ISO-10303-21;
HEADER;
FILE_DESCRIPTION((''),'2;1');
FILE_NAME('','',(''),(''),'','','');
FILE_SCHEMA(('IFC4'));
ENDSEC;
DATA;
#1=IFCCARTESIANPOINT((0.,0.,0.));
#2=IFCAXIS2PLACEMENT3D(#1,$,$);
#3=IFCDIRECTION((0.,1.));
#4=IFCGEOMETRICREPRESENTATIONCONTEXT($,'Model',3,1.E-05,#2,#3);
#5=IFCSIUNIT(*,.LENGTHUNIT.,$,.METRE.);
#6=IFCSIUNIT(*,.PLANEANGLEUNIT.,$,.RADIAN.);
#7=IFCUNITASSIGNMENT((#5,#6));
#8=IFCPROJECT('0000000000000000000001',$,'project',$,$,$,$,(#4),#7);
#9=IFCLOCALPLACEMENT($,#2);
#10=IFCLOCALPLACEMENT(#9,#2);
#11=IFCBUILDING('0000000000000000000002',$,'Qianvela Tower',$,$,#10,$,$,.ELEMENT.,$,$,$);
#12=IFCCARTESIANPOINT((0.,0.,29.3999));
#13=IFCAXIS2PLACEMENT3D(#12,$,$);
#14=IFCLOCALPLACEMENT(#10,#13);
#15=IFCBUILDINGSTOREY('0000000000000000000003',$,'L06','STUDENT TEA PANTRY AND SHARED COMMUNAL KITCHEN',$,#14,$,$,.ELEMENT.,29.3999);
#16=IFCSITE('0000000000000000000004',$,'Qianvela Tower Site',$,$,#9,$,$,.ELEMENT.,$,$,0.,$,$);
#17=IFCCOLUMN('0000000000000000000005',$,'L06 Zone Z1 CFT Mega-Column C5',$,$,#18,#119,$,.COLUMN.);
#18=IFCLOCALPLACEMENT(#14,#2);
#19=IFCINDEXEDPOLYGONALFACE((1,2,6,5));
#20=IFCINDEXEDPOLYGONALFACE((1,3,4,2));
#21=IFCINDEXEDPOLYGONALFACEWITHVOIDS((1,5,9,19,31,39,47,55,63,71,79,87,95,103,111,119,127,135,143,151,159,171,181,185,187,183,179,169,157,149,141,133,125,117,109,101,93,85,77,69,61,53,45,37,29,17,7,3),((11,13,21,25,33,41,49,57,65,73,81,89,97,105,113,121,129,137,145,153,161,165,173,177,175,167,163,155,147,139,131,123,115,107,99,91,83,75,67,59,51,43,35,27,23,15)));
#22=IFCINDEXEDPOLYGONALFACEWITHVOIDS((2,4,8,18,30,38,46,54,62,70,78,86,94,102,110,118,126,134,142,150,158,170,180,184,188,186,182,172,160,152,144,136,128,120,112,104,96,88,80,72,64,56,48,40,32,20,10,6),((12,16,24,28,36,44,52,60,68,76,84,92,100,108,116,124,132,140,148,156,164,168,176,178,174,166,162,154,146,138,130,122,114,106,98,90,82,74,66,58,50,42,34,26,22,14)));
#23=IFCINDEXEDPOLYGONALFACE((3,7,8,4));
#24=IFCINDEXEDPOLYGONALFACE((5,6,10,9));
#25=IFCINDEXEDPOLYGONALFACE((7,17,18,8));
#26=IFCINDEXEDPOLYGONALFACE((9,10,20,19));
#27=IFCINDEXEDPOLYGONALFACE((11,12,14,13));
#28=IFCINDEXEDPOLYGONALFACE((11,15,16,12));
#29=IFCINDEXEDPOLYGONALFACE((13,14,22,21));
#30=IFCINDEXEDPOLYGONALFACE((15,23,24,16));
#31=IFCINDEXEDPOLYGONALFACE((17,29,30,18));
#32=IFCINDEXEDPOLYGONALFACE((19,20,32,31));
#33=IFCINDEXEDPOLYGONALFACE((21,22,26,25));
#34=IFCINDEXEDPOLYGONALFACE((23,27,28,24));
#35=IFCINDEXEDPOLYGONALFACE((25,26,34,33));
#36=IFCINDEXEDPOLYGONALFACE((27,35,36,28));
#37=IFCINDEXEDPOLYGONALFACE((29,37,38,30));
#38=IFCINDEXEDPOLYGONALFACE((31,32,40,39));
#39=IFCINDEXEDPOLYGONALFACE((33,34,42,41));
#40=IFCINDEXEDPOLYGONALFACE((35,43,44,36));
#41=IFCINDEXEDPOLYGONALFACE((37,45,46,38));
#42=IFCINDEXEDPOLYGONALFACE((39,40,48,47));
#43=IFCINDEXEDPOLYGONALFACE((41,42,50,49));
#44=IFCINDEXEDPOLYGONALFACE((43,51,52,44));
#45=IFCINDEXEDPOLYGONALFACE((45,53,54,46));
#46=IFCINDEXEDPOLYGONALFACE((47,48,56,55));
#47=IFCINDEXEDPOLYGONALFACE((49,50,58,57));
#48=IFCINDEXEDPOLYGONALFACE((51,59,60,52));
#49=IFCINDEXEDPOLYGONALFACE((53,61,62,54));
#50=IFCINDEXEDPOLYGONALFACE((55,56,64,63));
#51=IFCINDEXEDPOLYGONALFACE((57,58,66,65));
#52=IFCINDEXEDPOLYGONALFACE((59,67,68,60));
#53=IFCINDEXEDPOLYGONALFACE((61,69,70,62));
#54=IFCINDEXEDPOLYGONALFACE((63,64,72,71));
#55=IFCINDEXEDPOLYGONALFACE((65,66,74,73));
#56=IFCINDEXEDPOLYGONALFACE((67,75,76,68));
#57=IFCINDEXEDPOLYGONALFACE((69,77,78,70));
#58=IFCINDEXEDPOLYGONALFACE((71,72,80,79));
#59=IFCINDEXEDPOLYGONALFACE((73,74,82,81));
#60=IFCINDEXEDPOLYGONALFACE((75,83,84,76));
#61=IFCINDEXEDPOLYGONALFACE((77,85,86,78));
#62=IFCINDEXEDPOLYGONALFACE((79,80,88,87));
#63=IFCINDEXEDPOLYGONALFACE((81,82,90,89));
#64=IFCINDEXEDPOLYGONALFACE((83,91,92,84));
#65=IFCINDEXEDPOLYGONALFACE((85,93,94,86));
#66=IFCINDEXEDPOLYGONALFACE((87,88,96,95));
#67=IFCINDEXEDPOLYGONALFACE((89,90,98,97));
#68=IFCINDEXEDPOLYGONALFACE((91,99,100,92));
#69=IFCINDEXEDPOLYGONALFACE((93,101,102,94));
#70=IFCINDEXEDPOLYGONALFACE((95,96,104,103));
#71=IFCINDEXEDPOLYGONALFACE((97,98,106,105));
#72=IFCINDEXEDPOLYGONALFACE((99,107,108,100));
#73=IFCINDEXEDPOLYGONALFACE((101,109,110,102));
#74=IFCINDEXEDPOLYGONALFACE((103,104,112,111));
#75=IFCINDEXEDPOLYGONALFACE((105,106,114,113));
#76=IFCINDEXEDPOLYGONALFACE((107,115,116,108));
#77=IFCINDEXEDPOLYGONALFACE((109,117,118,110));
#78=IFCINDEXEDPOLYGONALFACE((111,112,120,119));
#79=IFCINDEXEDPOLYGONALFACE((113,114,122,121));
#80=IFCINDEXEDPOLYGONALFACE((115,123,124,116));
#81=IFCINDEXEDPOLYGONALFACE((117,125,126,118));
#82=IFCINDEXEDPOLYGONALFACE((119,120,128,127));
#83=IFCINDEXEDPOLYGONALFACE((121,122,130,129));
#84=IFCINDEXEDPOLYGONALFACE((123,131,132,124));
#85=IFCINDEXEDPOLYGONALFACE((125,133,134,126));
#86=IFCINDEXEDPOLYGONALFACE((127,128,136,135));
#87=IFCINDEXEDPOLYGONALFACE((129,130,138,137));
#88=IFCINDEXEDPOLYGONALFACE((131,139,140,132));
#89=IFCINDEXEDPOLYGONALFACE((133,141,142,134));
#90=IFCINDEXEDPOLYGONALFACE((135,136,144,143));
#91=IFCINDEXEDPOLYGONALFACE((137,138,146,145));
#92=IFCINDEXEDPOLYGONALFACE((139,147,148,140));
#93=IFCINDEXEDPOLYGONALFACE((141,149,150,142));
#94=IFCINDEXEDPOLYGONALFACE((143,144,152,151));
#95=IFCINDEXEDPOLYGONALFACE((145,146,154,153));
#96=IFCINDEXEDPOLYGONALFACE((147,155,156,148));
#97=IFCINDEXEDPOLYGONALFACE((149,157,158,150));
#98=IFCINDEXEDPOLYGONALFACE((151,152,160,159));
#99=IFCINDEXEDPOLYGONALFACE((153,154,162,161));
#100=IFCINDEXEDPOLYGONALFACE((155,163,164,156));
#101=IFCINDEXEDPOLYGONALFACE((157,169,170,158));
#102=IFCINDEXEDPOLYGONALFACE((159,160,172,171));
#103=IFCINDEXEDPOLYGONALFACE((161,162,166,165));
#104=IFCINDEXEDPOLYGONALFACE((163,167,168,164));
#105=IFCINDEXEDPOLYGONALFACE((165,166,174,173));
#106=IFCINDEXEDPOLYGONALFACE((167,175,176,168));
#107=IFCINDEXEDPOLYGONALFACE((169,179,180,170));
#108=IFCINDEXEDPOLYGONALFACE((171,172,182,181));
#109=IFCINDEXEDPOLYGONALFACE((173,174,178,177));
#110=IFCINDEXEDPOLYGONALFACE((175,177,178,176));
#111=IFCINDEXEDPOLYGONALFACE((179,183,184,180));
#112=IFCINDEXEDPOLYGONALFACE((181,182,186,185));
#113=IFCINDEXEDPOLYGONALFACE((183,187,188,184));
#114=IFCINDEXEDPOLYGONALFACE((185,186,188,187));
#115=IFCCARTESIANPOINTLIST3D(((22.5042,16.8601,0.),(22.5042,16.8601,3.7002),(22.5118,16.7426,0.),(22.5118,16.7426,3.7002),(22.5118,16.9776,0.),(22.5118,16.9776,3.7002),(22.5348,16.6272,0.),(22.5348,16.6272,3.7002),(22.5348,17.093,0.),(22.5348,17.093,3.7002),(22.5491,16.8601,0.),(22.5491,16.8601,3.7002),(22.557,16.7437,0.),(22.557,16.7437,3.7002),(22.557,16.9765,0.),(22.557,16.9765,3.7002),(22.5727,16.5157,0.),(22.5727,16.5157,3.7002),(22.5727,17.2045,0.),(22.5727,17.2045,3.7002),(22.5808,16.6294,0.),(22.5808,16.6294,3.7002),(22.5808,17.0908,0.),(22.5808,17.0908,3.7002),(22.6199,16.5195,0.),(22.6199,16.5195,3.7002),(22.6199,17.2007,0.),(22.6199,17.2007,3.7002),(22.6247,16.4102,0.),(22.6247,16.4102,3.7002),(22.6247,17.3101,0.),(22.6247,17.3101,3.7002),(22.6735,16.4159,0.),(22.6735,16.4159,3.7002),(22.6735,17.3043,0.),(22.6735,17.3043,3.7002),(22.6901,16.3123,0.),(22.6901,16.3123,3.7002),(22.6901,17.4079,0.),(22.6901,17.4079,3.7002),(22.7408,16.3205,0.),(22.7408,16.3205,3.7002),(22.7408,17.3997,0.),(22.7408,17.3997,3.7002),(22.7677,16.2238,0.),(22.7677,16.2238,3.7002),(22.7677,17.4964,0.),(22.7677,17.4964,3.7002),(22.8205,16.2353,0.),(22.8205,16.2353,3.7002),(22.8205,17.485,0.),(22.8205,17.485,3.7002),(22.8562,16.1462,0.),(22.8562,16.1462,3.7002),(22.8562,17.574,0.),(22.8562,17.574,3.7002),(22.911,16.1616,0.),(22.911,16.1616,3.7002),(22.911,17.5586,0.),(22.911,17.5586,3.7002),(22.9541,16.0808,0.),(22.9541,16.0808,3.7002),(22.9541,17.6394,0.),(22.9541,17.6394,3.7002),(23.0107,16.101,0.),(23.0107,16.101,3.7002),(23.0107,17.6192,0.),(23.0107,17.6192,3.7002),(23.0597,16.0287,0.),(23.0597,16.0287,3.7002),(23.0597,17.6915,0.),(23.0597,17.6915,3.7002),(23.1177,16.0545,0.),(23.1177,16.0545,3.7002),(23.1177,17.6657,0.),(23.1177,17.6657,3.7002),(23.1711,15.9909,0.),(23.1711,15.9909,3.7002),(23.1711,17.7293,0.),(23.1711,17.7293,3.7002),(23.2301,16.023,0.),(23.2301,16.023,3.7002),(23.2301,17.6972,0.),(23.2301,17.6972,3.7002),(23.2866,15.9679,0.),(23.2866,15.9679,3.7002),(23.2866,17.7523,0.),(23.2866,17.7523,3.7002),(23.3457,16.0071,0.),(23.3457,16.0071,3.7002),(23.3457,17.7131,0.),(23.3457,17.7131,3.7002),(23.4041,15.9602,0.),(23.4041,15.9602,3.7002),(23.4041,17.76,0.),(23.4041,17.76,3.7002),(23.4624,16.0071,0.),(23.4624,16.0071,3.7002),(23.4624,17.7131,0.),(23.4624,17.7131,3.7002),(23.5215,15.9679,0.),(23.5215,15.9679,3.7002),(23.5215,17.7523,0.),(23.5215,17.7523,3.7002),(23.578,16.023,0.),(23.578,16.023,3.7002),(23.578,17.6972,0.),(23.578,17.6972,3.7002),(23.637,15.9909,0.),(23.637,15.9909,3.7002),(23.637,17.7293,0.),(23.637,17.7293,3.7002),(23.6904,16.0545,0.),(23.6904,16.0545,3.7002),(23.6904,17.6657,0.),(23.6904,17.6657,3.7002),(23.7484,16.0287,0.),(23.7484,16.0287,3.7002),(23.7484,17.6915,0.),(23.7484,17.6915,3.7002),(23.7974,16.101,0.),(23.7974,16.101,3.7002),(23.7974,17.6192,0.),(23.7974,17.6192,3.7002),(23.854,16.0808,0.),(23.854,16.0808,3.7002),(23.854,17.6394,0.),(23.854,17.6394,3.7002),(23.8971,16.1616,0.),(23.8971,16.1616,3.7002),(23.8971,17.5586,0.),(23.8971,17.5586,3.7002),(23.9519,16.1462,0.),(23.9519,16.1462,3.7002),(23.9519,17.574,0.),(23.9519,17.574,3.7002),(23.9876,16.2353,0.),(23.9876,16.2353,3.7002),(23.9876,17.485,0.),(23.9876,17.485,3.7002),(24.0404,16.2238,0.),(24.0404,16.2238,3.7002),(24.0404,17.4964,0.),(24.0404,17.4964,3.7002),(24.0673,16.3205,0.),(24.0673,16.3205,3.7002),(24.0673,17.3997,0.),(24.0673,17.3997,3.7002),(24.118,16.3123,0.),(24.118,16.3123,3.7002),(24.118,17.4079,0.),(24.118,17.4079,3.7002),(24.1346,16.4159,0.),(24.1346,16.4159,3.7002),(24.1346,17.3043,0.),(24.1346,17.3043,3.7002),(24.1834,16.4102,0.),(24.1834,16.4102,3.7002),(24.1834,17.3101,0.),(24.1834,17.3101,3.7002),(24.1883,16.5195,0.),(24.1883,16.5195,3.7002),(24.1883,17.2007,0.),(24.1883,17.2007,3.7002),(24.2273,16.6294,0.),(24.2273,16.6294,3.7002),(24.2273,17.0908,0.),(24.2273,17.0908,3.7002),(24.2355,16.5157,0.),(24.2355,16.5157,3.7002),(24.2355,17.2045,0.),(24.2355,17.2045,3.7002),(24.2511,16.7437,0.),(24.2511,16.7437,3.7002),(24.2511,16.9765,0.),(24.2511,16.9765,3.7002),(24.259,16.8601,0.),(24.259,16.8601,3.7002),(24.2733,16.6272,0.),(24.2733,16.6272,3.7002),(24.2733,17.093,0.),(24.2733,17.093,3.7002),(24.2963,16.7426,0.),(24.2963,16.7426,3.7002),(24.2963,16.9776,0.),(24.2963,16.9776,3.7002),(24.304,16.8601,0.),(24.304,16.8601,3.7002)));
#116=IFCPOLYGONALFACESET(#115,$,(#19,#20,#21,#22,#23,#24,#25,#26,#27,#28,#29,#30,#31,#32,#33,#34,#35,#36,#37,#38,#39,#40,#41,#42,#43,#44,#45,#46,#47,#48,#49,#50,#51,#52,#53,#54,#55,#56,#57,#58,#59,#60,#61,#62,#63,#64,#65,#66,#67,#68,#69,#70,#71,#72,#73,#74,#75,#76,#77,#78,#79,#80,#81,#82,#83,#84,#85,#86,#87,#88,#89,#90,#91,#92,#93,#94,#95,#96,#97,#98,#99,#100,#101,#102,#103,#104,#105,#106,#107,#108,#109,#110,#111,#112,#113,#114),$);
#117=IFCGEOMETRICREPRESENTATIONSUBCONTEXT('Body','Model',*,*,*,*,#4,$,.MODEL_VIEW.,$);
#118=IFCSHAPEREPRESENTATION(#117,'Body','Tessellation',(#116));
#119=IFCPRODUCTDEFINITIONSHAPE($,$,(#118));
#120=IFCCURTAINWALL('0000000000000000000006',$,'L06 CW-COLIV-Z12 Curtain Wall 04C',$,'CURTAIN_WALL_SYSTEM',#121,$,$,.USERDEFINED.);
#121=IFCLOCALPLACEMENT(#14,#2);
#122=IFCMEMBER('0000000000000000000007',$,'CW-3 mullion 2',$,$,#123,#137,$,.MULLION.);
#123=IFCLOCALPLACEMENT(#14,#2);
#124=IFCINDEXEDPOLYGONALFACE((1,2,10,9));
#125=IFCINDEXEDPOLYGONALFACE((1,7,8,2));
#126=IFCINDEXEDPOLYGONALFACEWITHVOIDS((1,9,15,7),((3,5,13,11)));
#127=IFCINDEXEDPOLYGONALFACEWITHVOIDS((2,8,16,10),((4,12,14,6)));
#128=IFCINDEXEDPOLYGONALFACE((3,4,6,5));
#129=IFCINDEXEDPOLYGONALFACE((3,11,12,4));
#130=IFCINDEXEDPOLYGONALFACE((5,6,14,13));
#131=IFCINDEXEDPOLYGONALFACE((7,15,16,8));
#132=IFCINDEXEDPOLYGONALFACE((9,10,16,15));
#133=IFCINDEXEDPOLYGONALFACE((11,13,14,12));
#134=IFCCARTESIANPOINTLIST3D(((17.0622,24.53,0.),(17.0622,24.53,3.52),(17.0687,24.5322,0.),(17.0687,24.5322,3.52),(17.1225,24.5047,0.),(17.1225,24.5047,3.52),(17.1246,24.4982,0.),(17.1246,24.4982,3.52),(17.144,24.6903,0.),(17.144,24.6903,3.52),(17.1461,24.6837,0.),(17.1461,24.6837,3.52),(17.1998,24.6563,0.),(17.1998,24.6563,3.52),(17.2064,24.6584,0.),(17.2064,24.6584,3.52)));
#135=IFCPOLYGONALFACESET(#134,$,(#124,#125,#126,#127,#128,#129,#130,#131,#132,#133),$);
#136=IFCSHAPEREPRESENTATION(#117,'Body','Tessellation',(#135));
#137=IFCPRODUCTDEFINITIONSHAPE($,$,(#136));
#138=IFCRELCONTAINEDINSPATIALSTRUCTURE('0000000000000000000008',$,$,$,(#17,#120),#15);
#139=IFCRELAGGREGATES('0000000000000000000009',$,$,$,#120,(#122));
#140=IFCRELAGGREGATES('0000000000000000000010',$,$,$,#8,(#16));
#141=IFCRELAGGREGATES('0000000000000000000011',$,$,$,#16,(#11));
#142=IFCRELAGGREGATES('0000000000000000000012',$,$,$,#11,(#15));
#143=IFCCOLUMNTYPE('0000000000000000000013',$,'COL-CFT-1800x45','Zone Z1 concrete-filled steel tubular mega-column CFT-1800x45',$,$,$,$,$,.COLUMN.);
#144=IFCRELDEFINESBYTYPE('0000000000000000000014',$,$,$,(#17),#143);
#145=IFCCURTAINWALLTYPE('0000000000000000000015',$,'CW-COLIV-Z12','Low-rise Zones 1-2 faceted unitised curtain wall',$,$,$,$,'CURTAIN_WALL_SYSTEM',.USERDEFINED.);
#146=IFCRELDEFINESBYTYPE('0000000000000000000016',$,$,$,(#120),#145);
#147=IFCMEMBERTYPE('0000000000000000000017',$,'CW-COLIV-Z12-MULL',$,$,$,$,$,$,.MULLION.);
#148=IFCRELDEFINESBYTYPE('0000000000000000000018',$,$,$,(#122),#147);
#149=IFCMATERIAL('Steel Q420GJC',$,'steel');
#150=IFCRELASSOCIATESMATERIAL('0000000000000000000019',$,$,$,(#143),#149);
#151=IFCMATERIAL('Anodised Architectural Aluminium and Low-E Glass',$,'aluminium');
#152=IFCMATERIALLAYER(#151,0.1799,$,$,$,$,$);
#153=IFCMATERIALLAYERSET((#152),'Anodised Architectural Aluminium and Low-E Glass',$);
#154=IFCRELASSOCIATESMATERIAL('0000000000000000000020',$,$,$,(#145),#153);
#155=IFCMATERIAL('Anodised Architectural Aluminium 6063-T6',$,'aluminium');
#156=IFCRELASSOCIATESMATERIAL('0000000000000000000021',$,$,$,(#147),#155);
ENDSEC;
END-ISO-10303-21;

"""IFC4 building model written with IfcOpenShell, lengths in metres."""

from ifc_helpers import new_model, si_unit, direction, frame, origin, origin_2d, place, context, subcontext, project, spatial, hollow_rectangle, hollow_circle, extrude, material, layer, layer_set, material_profile, profile_set, type_object, element, aggregate, save


model = new_model("IFC4")

# Units and contexts
model_context = context("Model", 3, precision=1e-05, world=origin(), true_north=direction((0.0, 1.0)))
body_context = subcontext(model_context, "Body", "Model", "MODEL_VIEW")
ifc_project = project(units=[si_unit("LENGTHUNIT", "METRE"), si_unit("PLANEANGLEUNIT", "RADIAN")], contexts=[model_context])

# Site, building, storey
site_placement = place(None, origin())
site = spatial("IfcSite", under=ifc_project, at=site_placement, Name="Qianvela Tower Site", CompositionType="ELEMENT", RefElevation=0.0)
building_placement = place(site_placement, origin())
building = spatial("IfcBuilding", under=site, at=building_placement, Name="Qianvela Tower", CompositionType="ELEMENT")
storey_placement = place(building_placement, frame((0.0, 0.0, 29.3999)))
storey = spatial("IfcBuildingStorey", under=building, at=storey_placement, Name="L06", Description="STUDENT TEA PANTRY AND SHARED COMMUNAL KITCHEN", CompositionType="ELEMENT", Elevation=29.3999)

# Column
ifc_material_1 = material(Name="Steel Q420GJC", Category="steel")
ifc_material_profile_1 = material_profile(ifc_material_1, hollow_circle(Radius=0.8999, WallThickness=0.0449, at=origin_2d()), Name="CFT-1800x45")
ifc_profile_set_1 = profile_set([ifc_material_profile_1], Name="Steel Q420GJC")
column_type = type_object("IfcColumnType", Name="COL-CFT-1800x45", Description="Zone Z1 concrete-filled steel tubular mega-column CFT-1800x45", PredefinedType="COLUMN", material=ifc_profile_set_1)
column_placement = place(storey_placement, frame((23.4041, 16.8601, 0.0), z_axis=(0.0, 0.0, 1.0), x_axis=(1.0, 0.0, 0.0)))
element("IfcColumn", 1, at=column_placement, inside=storey, type_object=column_type, Name="L06 Zone Z1 CFT Mega-Column C5", PredefinedType="COLUMN", context=body_context, shape_type="SweptSolid", body=[
    extrude(hollow_circle(Radius=0.8999, WallThickness=0.0449, at=origin_2d()), origin(), (0.0, 0.0, 1.0), 3.7002),
])

# Curtain wall, member
ifc_material_2 = material(Name="Anodised Architectural Aluminium and Low-E Glass", Category="aluminium")
ifc_layer_1 = layer(ifc_material_2, 0.1799)
ifc_layer_set_1 = layer_set([ifc_layer_1], Name="Anodised Architectural Aluminium and Low-E Glass")
curtain_wall_type = type_object("IfcCurtainWallType", Name="CW-COLIV-Z12", Description="Low-rise Zones 1-2 faceted unitised curtain wall", ElementType="CURTAIN_WALL_SYSTEM", PredefinedType="USERDEFINED", material=ifc_layer_set_1)
curtain_wall_placement = place(storey_placement, origin())
curtain_wall = element("IfcCurtainWall", 2, at=curtain_wall_placement, inside=storey, type_object=curtain_wall_type, Name="L06 CW-COLIV-Z12 Curtain Wall 04C", ObjectType="CURTAIN_WALL_SYSTEM", PredefinedType="USERDEFINED")
ifc_material_3 = material(Name="Anodised Architectural Aluminium 6063-T6", Category="aluminium")
ifc_material_profile_2 = material_profile(ifc_material_3, hollow_rectangle(XDim=0.0701, YDim=0.1799, WallThickness=0.0049, at=origin_2d()), Name="ALU-MULL-70x180")
ifc_profile_set_2 = profile_set([ifc_material_profile_2], Name="Anodised Architectural Aluminium 6063-T6")
member_type = type_object("IfcMemberType", Name="CW-COLIV-Z12-MULL", PredefinedType="MULLION", material=ifc_profile_set_2)
member_placement = place(storey_placement, frame((17.1343, 24.5942, 0.0), z_axis=(0.0, 0.0, 1.0), x_axis=(0.890687, -0.454617, 0.0)))
member = element("IfcMember", 3, at=member_placement, type_object=member_type, Name="CW-3 mullion 2", PredefinedType="MULLION", context=body_context, shape_type="SweptSolid", body=[
    extrude(hollow_rectangle(XDim=0.0701, YDim=0.1799, WallThickness=0.0049, at=origin_2d()), origin(), (0.0, 0.0, 1.0), 3.52),
])
aggregate(curtain_wall, [member])

save(model, "model.ifc")
